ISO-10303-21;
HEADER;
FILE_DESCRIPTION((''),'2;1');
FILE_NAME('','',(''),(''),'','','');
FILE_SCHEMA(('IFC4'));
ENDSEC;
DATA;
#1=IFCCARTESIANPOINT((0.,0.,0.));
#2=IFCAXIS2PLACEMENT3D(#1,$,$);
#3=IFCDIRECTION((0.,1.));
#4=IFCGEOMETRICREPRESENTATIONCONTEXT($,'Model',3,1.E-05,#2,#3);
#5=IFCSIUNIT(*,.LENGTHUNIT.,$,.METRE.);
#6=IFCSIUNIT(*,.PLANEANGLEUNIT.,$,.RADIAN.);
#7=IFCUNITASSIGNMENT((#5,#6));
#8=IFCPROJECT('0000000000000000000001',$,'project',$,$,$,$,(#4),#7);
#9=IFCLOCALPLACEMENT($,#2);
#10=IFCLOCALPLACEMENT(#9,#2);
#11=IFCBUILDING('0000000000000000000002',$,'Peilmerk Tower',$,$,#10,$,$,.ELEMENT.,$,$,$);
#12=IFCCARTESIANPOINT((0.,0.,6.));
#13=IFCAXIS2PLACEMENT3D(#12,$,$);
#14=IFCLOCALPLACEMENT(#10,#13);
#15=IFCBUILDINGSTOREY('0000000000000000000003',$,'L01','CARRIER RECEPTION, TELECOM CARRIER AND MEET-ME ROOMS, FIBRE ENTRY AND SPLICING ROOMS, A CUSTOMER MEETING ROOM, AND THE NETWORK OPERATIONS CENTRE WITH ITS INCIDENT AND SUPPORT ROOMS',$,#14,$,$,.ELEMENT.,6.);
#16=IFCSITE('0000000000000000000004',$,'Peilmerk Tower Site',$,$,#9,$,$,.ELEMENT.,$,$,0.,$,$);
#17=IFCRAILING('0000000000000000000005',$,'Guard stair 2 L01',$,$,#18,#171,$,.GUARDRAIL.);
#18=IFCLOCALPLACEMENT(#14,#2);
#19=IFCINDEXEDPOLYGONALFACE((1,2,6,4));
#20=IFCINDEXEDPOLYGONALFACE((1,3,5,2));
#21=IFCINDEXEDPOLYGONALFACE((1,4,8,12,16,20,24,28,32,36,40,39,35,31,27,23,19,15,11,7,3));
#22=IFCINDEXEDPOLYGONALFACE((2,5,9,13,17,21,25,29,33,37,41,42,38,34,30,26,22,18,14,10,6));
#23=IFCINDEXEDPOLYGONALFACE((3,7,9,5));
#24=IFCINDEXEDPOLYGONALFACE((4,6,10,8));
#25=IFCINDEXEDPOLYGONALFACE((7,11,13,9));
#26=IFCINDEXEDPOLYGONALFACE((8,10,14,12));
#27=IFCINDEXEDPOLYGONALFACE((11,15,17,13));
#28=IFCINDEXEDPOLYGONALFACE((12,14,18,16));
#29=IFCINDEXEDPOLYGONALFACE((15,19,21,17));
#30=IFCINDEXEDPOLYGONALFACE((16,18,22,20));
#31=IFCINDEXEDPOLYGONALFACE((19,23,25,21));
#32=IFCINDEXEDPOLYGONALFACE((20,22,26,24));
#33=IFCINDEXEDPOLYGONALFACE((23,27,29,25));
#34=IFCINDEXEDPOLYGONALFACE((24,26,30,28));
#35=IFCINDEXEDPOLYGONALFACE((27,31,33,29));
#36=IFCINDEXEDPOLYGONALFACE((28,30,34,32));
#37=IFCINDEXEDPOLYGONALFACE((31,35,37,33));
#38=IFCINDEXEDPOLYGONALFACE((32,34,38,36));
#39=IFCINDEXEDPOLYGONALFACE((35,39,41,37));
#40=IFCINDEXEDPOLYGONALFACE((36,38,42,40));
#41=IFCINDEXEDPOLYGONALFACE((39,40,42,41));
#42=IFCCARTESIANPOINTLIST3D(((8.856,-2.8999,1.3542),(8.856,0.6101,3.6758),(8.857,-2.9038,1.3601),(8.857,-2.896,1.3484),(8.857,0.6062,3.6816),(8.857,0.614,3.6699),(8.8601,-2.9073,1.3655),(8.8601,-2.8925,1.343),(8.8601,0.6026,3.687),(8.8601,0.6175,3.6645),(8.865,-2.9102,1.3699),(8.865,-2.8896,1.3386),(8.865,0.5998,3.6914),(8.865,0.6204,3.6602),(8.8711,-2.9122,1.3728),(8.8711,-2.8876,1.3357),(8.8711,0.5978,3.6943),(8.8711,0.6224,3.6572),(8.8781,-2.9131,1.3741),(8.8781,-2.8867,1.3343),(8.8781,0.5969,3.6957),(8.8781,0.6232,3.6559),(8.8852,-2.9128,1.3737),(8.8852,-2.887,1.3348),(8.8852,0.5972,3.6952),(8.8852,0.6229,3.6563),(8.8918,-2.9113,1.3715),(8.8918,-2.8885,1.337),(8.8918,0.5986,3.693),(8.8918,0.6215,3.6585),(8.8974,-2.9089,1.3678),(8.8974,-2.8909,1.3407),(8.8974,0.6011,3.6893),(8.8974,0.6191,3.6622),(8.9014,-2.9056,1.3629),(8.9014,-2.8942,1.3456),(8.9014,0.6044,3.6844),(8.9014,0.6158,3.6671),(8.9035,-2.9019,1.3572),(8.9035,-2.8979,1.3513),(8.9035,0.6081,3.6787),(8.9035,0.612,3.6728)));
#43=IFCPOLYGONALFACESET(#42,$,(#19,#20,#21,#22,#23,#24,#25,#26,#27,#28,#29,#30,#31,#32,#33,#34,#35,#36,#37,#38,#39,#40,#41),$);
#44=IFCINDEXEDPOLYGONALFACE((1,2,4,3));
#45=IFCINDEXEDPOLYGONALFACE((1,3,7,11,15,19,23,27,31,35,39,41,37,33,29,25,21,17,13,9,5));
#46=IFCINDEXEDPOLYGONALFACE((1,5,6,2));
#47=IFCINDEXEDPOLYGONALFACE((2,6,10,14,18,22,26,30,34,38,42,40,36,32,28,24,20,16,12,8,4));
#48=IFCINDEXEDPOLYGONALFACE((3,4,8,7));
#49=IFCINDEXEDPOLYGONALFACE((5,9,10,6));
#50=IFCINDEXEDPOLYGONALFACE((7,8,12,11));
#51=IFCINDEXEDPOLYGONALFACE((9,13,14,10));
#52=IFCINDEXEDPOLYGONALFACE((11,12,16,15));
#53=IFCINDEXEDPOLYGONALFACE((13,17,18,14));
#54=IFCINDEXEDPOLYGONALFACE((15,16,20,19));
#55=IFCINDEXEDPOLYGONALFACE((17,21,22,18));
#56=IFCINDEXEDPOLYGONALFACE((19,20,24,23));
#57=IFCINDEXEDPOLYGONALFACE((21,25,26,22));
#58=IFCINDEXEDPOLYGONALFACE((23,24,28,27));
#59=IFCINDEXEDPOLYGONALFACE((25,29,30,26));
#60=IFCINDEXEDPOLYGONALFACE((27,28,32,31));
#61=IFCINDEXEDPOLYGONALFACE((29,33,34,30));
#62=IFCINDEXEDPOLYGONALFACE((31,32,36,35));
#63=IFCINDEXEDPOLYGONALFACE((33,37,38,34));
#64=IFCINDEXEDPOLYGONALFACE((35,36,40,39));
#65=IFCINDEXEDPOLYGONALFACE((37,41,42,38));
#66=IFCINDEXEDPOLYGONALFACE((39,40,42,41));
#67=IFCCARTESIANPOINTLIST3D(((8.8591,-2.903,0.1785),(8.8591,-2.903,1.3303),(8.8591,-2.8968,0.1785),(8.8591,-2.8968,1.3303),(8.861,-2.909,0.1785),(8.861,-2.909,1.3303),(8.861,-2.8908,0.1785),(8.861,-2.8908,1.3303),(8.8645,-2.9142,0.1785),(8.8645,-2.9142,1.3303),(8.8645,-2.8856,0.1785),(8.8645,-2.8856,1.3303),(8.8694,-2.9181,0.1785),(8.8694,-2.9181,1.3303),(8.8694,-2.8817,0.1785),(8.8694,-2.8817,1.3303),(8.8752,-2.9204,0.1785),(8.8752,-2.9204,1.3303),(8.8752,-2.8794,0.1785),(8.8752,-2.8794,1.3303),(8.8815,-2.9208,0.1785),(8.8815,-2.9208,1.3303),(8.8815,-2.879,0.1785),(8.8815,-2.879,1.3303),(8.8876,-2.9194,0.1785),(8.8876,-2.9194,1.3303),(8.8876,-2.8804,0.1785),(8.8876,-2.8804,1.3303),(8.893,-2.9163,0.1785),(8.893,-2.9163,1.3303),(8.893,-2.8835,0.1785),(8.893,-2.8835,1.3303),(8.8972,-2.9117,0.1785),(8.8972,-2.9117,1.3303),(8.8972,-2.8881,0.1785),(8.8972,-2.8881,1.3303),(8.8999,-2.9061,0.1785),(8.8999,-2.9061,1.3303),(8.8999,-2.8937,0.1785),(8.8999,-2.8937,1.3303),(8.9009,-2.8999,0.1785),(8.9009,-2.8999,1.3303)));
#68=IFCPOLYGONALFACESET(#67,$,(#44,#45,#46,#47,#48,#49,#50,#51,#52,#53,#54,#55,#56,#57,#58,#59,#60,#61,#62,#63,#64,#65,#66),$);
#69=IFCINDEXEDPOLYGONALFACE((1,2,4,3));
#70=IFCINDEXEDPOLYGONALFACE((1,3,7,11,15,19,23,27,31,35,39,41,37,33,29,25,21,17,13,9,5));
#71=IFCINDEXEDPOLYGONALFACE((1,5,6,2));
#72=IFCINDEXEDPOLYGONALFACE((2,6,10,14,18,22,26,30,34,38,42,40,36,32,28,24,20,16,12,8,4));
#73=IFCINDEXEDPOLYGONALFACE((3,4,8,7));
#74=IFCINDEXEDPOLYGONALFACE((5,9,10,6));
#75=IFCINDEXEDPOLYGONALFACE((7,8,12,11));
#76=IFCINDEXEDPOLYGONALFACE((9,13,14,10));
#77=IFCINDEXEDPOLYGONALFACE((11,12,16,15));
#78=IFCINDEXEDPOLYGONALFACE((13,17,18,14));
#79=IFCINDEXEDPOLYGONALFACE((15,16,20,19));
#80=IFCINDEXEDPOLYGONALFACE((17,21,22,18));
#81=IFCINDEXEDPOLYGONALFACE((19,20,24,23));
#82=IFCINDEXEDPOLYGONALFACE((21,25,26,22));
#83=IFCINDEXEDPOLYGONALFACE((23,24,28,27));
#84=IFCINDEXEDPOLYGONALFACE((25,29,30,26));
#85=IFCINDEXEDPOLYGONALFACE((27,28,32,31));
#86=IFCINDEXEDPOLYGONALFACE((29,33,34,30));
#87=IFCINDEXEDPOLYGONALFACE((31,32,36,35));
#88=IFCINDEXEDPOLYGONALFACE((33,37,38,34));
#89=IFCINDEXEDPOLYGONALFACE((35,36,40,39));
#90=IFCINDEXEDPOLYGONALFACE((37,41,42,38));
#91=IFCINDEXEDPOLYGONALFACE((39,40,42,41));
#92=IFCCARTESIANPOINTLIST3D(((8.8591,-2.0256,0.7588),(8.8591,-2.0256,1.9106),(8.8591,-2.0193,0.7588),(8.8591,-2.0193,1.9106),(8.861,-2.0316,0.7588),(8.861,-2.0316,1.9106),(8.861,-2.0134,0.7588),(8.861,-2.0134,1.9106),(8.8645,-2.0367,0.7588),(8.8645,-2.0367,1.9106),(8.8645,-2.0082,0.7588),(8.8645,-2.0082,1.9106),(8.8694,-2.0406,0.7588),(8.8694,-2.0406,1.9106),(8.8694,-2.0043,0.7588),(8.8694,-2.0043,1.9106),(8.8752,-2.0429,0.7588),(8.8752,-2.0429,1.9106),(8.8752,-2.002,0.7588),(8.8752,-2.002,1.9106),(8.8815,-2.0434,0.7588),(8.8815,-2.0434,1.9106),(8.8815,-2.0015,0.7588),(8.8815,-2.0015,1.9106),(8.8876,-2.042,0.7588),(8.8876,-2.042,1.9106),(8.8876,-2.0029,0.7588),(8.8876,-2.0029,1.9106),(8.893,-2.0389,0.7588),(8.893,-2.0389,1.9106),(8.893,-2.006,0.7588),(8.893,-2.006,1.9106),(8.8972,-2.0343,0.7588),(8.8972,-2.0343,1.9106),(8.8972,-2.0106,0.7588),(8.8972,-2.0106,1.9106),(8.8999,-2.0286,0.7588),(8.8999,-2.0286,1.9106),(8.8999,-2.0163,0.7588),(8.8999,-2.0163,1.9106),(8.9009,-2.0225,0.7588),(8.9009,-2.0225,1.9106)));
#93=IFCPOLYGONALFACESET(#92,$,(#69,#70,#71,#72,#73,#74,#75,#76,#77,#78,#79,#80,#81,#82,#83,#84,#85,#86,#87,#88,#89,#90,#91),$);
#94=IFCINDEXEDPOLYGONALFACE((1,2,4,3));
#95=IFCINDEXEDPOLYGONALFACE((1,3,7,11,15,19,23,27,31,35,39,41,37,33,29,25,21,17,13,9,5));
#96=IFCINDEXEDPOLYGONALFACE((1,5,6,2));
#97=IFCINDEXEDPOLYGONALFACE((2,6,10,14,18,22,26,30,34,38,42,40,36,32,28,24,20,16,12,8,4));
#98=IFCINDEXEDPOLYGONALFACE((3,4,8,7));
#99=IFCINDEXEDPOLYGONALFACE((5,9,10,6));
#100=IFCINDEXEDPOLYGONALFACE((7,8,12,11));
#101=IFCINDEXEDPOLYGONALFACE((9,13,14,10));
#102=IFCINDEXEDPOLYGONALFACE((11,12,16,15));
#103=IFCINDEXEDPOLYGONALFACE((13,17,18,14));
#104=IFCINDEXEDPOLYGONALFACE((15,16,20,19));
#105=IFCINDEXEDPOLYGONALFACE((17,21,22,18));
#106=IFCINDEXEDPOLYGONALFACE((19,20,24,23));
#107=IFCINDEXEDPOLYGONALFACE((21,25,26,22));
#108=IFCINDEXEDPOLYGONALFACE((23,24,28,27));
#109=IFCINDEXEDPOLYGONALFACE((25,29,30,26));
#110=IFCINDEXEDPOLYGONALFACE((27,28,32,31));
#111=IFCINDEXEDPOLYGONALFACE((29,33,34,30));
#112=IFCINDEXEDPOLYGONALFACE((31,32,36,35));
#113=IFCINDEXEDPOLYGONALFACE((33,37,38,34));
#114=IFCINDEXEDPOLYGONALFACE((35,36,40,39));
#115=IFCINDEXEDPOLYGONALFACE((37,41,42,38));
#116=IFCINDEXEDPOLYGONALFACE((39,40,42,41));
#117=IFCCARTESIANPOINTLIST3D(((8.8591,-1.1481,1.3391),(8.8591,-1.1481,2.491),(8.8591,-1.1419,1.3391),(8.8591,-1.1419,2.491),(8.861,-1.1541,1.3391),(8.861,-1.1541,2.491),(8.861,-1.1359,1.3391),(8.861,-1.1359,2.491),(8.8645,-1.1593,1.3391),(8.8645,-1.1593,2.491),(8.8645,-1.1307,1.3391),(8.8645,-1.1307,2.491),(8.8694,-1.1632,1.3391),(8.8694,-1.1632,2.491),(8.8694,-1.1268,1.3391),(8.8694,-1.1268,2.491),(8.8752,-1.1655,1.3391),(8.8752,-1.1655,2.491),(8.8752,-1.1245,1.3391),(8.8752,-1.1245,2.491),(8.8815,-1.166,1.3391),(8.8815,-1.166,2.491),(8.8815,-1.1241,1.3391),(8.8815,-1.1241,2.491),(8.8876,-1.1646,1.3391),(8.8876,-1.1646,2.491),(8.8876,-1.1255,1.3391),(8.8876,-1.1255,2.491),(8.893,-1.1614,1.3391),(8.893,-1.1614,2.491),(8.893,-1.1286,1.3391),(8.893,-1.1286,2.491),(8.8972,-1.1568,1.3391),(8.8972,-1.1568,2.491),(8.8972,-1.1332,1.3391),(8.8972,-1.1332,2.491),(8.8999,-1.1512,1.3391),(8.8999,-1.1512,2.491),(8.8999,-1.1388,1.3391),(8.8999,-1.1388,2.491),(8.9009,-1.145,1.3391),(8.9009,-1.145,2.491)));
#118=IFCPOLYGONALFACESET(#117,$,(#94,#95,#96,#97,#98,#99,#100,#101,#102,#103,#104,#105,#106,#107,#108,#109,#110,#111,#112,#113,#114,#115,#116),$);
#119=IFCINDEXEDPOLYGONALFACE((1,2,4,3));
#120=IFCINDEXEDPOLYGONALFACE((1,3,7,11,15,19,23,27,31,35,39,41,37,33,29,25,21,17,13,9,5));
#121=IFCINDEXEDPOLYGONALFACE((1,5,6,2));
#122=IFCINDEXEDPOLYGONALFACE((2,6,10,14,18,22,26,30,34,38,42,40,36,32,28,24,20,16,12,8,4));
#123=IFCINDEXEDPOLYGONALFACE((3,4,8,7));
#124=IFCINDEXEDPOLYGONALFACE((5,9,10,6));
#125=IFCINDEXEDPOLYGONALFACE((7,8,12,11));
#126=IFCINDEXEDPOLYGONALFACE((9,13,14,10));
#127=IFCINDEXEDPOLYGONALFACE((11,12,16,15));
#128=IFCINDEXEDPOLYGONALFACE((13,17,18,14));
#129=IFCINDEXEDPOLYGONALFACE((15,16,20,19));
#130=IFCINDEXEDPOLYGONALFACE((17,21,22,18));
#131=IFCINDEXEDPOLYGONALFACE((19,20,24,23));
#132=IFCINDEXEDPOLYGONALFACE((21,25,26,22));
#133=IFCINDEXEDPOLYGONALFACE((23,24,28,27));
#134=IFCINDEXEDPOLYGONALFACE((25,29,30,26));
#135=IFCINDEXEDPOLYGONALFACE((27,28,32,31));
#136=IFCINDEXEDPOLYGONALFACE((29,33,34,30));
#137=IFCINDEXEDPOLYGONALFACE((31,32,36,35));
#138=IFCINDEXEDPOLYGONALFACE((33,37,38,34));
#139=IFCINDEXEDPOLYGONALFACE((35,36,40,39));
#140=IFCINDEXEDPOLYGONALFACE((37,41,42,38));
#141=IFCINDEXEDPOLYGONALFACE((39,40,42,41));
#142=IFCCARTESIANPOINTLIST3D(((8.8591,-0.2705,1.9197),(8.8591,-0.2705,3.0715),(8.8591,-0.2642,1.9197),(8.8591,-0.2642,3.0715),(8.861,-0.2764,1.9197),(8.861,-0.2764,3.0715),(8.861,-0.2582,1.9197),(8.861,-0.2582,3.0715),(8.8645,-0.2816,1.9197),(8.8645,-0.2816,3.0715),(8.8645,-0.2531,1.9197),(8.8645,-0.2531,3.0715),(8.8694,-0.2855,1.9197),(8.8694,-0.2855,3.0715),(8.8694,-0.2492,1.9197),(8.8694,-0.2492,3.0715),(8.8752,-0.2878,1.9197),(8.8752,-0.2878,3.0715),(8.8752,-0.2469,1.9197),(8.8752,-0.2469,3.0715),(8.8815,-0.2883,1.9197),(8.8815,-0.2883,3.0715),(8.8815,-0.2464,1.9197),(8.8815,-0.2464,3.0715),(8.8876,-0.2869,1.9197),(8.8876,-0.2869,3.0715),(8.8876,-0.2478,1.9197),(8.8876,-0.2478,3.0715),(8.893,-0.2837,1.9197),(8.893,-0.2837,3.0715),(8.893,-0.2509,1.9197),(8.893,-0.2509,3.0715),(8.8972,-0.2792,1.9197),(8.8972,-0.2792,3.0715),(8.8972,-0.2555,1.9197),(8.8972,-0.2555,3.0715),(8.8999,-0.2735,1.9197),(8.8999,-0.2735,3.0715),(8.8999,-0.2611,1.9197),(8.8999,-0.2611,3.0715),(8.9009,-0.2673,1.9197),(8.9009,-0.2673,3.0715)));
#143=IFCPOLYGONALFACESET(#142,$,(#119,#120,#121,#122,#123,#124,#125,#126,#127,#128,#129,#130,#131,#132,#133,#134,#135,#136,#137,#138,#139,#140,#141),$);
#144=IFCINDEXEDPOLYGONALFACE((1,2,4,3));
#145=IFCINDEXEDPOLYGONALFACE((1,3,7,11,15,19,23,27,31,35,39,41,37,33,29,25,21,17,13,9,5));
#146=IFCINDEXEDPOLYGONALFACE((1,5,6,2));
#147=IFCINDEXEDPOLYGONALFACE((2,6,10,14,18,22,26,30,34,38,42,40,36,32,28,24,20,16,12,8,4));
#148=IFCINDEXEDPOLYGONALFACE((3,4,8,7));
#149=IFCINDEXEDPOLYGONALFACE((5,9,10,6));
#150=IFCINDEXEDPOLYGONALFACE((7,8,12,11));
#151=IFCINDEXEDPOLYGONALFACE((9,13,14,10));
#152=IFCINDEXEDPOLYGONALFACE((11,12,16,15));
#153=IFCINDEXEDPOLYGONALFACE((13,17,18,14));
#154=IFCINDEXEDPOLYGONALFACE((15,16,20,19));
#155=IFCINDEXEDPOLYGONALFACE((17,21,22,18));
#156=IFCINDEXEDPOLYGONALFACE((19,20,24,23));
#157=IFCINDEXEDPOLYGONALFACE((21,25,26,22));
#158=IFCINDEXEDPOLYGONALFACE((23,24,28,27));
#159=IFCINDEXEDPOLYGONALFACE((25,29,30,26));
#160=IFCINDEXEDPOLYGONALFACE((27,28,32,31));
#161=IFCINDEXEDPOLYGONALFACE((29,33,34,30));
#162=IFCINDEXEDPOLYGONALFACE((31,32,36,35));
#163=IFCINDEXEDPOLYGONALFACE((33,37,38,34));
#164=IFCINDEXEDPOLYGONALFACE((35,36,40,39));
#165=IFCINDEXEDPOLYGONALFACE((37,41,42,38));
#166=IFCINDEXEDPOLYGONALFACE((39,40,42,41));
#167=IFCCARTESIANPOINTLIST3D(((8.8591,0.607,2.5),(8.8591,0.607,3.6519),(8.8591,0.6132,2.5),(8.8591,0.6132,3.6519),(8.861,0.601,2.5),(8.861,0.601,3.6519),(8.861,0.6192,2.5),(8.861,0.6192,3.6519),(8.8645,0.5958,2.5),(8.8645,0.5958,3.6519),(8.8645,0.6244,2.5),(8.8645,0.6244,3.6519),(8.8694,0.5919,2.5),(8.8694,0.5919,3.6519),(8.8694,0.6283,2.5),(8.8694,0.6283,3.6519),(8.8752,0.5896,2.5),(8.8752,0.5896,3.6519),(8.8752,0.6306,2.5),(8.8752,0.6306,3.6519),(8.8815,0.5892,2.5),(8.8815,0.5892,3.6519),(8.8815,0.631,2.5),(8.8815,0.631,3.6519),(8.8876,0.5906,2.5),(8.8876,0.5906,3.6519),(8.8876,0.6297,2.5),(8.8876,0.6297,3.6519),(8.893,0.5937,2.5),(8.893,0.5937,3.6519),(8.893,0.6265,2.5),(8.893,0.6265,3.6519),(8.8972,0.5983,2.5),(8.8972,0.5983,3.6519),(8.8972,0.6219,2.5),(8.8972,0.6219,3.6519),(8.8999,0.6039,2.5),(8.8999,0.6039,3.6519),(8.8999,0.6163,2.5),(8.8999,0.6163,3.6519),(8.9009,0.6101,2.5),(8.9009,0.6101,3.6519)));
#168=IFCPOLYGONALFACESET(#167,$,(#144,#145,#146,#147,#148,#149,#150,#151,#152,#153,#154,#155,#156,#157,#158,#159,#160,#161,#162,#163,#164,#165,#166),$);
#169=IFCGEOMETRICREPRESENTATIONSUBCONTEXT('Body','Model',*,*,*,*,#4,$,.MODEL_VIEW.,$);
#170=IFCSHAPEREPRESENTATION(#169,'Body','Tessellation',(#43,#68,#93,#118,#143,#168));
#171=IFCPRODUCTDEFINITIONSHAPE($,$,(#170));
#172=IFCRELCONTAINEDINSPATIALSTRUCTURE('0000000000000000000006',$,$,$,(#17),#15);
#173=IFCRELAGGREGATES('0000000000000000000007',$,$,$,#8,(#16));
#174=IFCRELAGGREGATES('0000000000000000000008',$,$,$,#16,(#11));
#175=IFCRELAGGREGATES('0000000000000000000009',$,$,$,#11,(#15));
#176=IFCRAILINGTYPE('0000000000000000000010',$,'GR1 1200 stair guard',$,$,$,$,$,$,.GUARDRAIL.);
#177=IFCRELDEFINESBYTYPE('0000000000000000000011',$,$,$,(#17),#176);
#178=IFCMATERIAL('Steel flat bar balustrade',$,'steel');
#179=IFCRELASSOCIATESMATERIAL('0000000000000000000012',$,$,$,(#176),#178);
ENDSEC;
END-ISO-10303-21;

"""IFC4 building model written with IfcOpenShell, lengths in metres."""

from ifc_helpers import new_model, si_unit, direction, frame, origin, origin_2d, place, context, subcontext, project, spatial, circle, extrude, material, type_object, element, save


model = new_model("IFC4")

# Units and contexts
model_context = context("Model", 3, precision=1e-05, world=origin(), true_north=direction((0.0, 1.0)))
body_context = subcontext(model_context, "Body", "Model", "MODEL_VIEW")
ifc_project = project(units=[si_unit("LENGTHUNIT", "METRE"), si_unit("PLANEANGLEUNIT", "RADIAN")], contexts=[model_context])

# Site, building, storey
site_placement = place(None, origin())
site = spatial("IfcSite", under=ifc_project, at=site_placement, Name="Peilmerk Tower Site", CompositionType="ELEMENT", RefElevation=0.0)
building_placement = place(site_placement, origin())
building = spatial("IfcBuilding", under=site, at=building_placement, Name="Peilmerk Tower", CompositionType="ELEMENT")
storey_placement = place(building_placement, frame((0.0, 0.0, 6.0)))
storey = spatial("IfcBuildingStorey", under=building, at=storey_placement, Name="L01", Description="CARRIER RECEPTION, TELECOM CARRIER AND MEET-ME ROOMS, FIBRE ENTRY AND SPLICING ROOMS, A CUSTOMER MEETING ROOM, AND THE NETWORK OPERATIONS CENTRE WITH ITS INCIDENT AND SUPPORT ROOMS", CompositionType="ELEMENT", Elevation=6.0)

# Railing
ifc_material_1 = material(Name="Steel flat bar balustrade", Category="steel")
railing_type_1 = type_object("IfcRailingType", Name="GR1 1200 stair guard", PredefinedType="GUARDRAIL", material=ifc_material_1)
railing_1_placement = place(storey_placement, frame((8.8799, -2.8999, 0.1785)))
element("IfcRailing", 1, at=railing_1_placement, inside=storey, type_object=railing_type_1, Name="Guard stair 2 L01", PredefinedType="GUARDRAIL", context=body_context, shape_type="SweptSolid", body=[
    extrude(circle(Radius=0.0239, at=origin_2d()), frame((0.0, 0.0, 1.1758), z_axis=(0.0, 0.834071, 0.551657), x_axis=(-1.0, 0.0, 0.0)), (0.0, 0.0, 1.0), 4.2083),
    extrude(circle(Radius=0.021, at=origin_2d()), origin(), (0.0, 0.0, 1.0), 1.1519),
    extrude(circle(Radius=0.021, at=origin_2d()), frame((0.0, 0.8774, 0.5803)), (0.0, 0.0, 1.0), 1.1519),
    extrude(circle(Radius=0.021, at=origin_2d()), frame((0.0, 1.7549, 1.1606)), (0.0, 0.0, 1.0), 1.1519),
    extrude(circle(Radius=0.021, at=origin_2d()), frame((0.0, 2.6326, 1.7412)), (0.0, 0.0, 1.0), 1.1519),
    extrude(circle(Radius=0.021, at=origin_2d()), frame((0.0, 3.51, 2.3215)), (0.0, 0.0, 1.0), 1.1519),
])

save(model, "model.ifc")
